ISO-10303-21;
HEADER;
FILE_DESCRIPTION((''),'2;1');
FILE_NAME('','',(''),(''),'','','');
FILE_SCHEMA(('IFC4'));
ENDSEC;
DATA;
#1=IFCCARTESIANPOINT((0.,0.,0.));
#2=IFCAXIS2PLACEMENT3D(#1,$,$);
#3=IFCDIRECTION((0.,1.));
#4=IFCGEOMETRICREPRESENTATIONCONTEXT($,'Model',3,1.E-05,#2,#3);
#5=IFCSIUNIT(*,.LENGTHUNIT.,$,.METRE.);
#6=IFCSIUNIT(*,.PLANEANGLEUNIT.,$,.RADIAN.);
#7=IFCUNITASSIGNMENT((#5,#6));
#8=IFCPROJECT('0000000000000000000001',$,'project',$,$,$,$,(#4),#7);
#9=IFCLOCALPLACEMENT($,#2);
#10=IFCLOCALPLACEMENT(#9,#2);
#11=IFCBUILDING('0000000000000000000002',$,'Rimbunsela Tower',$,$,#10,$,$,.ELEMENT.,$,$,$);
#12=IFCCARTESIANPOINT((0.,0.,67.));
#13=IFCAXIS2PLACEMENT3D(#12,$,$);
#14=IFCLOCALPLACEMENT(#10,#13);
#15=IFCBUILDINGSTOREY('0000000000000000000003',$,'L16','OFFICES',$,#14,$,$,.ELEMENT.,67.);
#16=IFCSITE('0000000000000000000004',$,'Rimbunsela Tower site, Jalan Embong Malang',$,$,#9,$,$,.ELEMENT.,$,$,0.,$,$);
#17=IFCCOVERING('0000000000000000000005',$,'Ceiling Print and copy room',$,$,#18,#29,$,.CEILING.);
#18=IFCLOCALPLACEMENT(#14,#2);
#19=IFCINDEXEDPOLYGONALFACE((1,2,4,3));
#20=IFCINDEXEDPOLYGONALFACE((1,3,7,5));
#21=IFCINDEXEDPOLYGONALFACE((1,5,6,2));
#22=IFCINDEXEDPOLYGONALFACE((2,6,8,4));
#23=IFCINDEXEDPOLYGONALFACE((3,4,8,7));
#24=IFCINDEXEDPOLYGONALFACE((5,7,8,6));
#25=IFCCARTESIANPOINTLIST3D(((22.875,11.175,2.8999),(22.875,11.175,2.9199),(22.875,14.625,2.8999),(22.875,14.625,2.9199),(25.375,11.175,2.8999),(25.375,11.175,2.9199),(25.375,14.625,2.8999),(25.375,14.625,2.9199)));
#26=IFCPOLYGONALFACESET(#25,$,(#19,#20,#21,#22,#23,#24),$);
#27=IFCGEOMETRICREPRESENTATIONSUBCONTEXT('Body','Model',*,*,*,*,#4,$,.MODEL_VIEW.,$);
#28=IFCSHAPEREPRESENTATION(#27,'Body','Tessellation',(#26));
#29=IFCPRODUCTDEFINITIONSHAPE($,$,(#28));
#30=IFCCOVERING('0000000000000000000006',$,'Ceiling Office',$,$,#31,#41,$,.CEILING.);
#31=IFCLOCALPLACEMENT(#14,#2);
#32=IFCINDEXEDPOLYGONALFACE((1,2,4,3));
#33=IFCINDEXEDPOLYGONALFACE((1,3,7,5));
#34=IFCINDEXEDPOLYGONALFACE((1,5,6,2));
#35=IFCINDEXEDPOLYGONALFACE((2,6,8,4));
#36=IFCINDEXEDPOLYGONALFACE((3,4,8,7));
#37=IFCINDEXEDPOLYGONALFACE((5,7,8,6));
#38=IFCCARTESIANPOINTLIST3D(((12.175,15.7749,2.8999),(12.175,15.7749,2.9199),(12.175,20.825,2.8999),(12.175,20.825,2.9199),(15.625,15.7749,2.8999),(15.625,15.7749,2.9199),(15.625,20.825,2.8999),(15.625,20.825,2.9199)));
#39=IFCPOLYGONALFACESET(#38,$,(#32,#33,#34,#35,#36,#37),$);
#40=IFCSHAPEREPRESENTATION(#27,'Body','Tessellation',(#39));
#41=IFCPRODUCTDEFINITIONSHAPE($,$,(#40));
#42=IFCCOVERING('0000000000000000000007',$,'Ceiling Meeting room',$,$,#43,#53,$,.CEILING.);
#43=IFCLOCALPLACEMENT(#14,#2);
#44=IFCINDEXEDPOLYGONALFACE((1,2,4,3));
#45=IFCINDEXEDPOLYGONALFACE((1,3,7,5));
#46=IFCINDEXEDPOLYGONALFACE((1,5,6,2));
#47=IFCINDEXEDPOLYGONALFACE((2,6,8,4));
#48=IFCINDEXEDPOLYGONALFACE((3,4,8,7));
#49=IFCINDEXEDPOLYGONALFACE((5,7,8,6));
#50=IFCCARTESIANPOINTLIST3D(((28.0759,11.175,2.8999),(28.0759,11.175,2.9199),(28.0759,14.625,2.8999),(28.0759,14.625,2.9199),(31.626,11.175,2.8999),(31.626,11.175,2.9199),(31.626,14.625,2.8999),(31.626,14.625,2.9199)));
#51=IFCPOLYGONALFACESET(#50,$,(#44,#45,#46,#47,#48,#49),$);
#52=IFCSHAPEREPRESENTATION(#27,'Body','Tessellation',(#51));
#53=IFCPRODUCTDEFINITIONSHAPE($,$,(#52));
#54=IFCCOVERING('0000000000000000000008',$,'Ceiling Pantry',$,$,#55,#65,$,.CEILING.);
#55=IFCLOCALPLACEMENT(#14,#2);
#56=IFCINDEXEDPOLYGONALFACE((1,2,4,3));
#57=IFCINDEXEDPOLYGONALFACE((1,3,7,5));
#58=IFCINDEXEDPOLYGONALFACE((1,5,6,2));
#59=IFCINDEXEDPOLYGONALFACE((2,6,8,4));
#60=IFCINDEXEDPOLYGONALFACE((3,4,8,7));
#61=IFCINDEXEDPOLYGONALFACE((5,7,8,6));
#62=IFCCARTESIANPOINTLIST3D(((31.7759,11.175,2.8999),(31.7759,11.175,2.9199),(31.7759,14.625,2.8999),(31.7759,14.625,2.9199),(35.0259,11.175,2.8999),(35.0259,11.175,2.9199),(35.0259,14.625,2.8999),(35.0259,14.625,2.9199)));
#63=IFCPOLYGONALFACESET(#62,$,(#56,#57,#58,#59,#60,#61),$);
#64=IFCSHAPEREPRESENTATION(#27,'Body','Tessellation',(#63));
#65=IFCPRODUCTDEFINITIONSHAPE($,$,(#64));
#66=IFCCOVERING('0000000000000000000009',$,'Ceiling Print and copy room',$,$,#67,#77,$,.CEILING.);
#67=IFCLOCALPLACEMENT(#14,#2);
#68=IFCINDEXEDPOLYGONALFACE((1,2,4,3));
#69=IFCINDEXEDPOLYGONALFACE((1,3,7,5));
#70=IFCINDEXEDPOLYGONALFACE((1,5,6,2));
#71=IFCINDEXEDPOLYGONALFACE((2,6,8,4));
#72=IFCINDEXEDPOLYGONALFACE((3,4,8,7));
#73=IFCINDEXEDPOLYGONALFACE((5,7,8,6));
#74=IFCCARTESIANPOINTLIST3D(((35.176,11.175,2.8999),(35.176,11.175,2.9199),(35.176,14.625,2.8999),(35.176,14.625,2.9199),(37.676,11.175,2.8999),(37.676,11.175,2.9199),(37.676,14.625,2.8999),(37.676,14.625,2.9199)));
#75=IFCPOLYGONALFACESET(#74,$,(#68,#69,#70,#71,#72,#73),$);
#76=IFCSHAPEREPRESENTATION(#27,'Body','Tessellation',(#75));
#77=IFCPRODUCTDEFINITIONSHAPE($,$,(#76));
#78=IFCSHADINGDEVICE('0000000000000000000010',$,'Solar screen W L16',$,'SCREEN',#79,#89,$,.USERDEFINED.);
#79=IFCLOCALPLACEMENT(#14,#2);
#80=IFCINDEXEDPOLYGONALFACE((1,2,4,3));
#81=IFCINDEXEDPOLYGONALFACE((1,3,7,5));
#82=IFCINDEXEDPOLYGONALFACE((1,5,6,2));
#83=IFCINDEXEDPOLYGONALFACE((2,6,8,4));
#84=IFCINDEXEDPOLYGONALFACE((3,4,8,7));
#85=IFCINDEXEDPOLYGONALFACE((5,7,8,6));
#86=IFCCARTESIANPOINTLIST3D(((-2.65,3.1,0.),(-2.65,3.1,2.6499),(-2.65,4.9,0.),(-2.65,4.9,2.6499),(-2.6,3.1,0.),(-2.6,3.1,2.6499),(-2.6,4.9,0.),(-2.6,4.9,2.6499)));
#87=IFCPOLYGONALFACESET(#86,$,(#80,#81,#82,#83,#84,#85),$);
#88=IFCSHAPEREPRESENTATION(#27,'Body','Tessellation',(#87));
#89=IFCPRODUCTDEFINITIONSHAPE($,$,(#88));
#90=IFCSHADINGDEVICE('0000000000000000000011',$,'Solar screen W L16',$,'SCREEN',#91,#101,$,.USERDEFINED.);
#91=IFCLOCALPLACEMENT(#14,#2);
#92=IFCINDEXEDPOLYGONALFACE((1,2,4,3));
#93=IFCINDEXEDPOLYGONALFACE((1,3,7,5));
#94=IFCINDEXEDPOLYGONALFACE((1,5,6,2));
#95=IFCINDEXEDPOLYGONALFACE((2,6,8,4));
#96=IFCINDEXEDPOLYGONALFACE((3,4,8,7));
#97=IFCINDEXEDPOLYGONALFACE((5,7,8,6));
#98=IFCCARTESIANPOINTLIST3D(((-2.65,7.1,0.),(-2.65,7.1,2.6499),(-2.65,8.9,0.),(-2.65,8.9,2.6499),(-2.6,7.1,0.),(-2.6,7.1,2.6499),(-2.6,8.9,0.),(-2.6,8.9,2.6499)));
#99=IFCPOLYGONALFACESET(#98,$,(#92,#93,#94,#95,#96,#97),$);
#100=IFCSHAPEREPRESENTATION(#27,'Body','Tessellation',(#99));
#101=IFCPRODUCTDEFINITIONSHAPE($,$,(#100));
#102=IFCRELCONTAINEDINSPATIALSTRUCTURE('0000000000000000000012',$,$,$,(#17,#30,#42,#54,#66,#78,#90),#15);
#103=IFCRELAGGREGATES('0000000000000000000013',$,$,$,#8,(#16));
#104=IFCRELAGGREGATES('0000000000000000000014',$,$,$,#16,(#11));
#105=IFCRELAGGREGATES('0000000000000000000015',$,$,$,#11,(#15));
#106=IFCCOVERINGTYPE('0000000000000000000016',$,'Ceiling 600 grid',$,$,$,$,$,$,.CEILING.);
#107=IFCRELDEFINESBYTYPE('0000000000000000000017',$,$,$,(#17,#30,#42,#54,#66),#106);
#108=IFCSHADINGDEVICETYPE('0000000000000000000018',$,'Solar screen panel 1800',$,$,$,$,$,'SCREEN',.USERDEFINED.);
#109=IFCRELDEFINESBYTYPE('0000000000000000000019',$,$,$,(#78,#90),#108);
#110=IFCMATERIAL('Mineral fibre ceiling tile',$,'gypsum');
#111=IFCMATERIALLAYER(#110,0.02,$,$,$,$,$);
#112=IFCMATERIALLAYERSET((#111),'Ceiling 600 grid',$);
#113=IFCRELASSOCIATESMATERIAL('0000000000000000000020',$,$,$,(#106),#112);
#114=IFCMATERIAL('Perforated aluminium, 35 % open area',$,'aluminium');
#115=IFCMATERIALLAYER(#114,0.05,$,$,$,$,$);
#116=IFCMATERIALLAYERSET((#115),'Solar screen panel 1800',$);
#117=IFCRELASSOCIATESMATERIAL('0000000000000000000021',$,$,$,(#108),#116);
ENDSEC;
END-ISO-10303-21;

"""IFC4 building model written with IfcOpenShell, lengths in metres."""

from ifc_helpers import new_model, si_unit, direction, frame, origin, origin_2d, place, context, subcontext, project, spatial, polyline, rectangle, outline, extrude, material, layer, layer_set, type_object, element, save


model = new_model("IFC4")

# Units and contexts
model_context = context("Model", 3, precision=1e-05, world=origin(), true_north=direction((0.0, 1.0)))
body_context = subcontext(model_context, "Body", "Model", "MODEL_VIEW")
ifc_project = project(units=[si_unit("LENGTHUNIT", "METRE"), si_unit("PLANEANGLEUNIT", "RADIAN")], contexts=[model_context])

# Site, building, storey
site_placement = place(None, origin())
site = spatial("IfcSite", under=ifc_project, at=site_placement, Name="Rimbunsela Tower site, Jalan Embong Malang", CompositionType="ELEMENT", RefElevation=0.0)
building_placement = place(site_placement, origin())
building = spatial("IfcBuilding", under=site, at=building_placement, Name="Rimbunsela Tower", CompositionType="ELEMENT")
storey_placement = place(building_placement, frame((0.0, 0.0, 67.0)))
storey = spatial("IfcBuildingStorey", under=building, at=storey_placement, Name="L16", Description="OFFICES", CompositionType="ELEMENT", Elevation=67.0)

# Coverings
ifc_material_1 = material(Name="Mineral fibre ceiling tile", Category="gypsum")
ifc_layer_1 = layer(ifc_material_1, 0.02)
ifc_layer_set_1 = layer_set([ifc_layer_1], Name="Ceiling 600 grid")
covering_type_1 = type_object("IfcCoveringType", Name="Ceiling 600 grid", PredefinedType="CEILING", material=ifc_layer_set_1)
covering_1_placement = place(storey_placement, frame((0.0, 0.0, 2.8999)))
element("IfcCovering", 1, at=covering_1_placement, inside=storey, type_object=covering_type_1, Name="Ceiling Print and copy room", PredefinedType="CEILING", context=body_context, shape_type="SweptSolid", body=[
    extrude(outline(polyline([(25.375, 11.175), (25.375, 14.625), (22.875, 14.625), (22.875, 11.175), (25.375, 11.175)])), origin(), (0.0, 0.0, 1.0), 0.02),
])
covering_2_placement = place(storey_placement, frame((0.0, 0.0, 2.8999)))
element("IfcCovering", 2, at=covering_2_placement, inside=storey, type_object=covering_type_1, Name="Ceiling Office", PredefinedType="CEILING", context=body_context, shape_type="SweptSolid", body=[
    extrude(outline(polyline([(15.625, 15.7749), (15.625, 20.825), (12.175, 20.825), (12.175, 15.7749), (15.625, 15.7749)])), origin(), (0.0, 0.0, 1.0), 0.02),
])
covering_3_placement = place(storey_placement, frame((0.0, 0.0, 2.8999)))
element("IfcCovering", 3, at=covering_3_placement, inside=storey, type_object=covering_type_1, Name="Ceiling Meeting room", PredefinedType="CEILING", context=body_context, shape_type="SweptSolid", body=[
    extrude(outline(polyline([(31.626, 11.175), (31.626, 14.625), (28.0759, 14.625), (28.0759, 11.175), (31.626, 11.175)])), origin(), (0.0, 0.0, 1.0), 0.02),
])
covering_4_placement = place(storey_placement, frame((0.0, 0.0, 2.8999)))
element("IfcCovering", 4, at=covering_4_placement, inside=storey, type_object=covering_type_1, Name="Ceiling Pantry", PredefinedType="CEILING", context=body_context, shape_type="SweptSolid", body=[
    extrude(outline(polyline([(35.0259, 11.175), (35.0259, 14.625), (31.7759, 14.625), (31.7759, 11.175), (35.0259, 11.175)])), origin(), (0.0, 0.0, 1.0), 0.02),
])
covering_5_placement = place(storey_placement, frame((0.0, 0.0, 2.8999)))
element("IfcCovering", 5, at=covering_5_placement, inside=storey, type_object=covering_type_1, Name="Ceiling Print and copy room", PredefinedType="CEILING", context=body_context, shape_type="SweptSolid", body=[
    extrude(outline(polyline([(37.676, 11.175), (37.676, 14.625), (35.176, 14.625), (35.176, 11.175), (37.676, 11.175)])), origin(), (0.0, 0.0, 1.0), 0.02),
])

# Shading devices
ifc_material_2 = material(Name="Perforated aluminium, 35 % open area", Category="aluminium")
ifc_layer_2 = layer(ifc_material_2, 0.05)
ifc_layer_set_2 = layer_set([ifc_layer_2], Name="Solar screen panel 1800")
shading_device_type = type_object("IfcShadingDeviceType", Name="Solar screen panel 1800", ElementType="SCREEN", PredefinedType="USERDEFINED", material=ifc_layer_set_2)
for number, where, z_axis, x_axis, name in (
    (6, (-2.625, 4.0, 0.0), (0.0, 0.0, 1.0), (0.0, 1.0, 0.0), "Solar screen W L16"),
    (7, (-2.625, 8.0, 0.0), (0.0, 0.0, 1.0), (0.0, 1.0, 0.0), "Solar screen W L16"),
):
    element("IfcShadingDevice", number, at=place(storey_placement, frame(where, z_axis=z_axis, x_axis=x_axis)), inside=storey, type_object=shading_device_type, Name=name, ObjectType="SCREEN", PredefinedType="USERDEFINED", context=body_context, shape_type="SweptSolid", body=[
        extrude(rectangle(XDim=1.8, YDim=0.05, at=origin_2d()), origin(), (0.0, 0.0, 1.0), 2.6499),
    ])

save(model, "model.ifc")
